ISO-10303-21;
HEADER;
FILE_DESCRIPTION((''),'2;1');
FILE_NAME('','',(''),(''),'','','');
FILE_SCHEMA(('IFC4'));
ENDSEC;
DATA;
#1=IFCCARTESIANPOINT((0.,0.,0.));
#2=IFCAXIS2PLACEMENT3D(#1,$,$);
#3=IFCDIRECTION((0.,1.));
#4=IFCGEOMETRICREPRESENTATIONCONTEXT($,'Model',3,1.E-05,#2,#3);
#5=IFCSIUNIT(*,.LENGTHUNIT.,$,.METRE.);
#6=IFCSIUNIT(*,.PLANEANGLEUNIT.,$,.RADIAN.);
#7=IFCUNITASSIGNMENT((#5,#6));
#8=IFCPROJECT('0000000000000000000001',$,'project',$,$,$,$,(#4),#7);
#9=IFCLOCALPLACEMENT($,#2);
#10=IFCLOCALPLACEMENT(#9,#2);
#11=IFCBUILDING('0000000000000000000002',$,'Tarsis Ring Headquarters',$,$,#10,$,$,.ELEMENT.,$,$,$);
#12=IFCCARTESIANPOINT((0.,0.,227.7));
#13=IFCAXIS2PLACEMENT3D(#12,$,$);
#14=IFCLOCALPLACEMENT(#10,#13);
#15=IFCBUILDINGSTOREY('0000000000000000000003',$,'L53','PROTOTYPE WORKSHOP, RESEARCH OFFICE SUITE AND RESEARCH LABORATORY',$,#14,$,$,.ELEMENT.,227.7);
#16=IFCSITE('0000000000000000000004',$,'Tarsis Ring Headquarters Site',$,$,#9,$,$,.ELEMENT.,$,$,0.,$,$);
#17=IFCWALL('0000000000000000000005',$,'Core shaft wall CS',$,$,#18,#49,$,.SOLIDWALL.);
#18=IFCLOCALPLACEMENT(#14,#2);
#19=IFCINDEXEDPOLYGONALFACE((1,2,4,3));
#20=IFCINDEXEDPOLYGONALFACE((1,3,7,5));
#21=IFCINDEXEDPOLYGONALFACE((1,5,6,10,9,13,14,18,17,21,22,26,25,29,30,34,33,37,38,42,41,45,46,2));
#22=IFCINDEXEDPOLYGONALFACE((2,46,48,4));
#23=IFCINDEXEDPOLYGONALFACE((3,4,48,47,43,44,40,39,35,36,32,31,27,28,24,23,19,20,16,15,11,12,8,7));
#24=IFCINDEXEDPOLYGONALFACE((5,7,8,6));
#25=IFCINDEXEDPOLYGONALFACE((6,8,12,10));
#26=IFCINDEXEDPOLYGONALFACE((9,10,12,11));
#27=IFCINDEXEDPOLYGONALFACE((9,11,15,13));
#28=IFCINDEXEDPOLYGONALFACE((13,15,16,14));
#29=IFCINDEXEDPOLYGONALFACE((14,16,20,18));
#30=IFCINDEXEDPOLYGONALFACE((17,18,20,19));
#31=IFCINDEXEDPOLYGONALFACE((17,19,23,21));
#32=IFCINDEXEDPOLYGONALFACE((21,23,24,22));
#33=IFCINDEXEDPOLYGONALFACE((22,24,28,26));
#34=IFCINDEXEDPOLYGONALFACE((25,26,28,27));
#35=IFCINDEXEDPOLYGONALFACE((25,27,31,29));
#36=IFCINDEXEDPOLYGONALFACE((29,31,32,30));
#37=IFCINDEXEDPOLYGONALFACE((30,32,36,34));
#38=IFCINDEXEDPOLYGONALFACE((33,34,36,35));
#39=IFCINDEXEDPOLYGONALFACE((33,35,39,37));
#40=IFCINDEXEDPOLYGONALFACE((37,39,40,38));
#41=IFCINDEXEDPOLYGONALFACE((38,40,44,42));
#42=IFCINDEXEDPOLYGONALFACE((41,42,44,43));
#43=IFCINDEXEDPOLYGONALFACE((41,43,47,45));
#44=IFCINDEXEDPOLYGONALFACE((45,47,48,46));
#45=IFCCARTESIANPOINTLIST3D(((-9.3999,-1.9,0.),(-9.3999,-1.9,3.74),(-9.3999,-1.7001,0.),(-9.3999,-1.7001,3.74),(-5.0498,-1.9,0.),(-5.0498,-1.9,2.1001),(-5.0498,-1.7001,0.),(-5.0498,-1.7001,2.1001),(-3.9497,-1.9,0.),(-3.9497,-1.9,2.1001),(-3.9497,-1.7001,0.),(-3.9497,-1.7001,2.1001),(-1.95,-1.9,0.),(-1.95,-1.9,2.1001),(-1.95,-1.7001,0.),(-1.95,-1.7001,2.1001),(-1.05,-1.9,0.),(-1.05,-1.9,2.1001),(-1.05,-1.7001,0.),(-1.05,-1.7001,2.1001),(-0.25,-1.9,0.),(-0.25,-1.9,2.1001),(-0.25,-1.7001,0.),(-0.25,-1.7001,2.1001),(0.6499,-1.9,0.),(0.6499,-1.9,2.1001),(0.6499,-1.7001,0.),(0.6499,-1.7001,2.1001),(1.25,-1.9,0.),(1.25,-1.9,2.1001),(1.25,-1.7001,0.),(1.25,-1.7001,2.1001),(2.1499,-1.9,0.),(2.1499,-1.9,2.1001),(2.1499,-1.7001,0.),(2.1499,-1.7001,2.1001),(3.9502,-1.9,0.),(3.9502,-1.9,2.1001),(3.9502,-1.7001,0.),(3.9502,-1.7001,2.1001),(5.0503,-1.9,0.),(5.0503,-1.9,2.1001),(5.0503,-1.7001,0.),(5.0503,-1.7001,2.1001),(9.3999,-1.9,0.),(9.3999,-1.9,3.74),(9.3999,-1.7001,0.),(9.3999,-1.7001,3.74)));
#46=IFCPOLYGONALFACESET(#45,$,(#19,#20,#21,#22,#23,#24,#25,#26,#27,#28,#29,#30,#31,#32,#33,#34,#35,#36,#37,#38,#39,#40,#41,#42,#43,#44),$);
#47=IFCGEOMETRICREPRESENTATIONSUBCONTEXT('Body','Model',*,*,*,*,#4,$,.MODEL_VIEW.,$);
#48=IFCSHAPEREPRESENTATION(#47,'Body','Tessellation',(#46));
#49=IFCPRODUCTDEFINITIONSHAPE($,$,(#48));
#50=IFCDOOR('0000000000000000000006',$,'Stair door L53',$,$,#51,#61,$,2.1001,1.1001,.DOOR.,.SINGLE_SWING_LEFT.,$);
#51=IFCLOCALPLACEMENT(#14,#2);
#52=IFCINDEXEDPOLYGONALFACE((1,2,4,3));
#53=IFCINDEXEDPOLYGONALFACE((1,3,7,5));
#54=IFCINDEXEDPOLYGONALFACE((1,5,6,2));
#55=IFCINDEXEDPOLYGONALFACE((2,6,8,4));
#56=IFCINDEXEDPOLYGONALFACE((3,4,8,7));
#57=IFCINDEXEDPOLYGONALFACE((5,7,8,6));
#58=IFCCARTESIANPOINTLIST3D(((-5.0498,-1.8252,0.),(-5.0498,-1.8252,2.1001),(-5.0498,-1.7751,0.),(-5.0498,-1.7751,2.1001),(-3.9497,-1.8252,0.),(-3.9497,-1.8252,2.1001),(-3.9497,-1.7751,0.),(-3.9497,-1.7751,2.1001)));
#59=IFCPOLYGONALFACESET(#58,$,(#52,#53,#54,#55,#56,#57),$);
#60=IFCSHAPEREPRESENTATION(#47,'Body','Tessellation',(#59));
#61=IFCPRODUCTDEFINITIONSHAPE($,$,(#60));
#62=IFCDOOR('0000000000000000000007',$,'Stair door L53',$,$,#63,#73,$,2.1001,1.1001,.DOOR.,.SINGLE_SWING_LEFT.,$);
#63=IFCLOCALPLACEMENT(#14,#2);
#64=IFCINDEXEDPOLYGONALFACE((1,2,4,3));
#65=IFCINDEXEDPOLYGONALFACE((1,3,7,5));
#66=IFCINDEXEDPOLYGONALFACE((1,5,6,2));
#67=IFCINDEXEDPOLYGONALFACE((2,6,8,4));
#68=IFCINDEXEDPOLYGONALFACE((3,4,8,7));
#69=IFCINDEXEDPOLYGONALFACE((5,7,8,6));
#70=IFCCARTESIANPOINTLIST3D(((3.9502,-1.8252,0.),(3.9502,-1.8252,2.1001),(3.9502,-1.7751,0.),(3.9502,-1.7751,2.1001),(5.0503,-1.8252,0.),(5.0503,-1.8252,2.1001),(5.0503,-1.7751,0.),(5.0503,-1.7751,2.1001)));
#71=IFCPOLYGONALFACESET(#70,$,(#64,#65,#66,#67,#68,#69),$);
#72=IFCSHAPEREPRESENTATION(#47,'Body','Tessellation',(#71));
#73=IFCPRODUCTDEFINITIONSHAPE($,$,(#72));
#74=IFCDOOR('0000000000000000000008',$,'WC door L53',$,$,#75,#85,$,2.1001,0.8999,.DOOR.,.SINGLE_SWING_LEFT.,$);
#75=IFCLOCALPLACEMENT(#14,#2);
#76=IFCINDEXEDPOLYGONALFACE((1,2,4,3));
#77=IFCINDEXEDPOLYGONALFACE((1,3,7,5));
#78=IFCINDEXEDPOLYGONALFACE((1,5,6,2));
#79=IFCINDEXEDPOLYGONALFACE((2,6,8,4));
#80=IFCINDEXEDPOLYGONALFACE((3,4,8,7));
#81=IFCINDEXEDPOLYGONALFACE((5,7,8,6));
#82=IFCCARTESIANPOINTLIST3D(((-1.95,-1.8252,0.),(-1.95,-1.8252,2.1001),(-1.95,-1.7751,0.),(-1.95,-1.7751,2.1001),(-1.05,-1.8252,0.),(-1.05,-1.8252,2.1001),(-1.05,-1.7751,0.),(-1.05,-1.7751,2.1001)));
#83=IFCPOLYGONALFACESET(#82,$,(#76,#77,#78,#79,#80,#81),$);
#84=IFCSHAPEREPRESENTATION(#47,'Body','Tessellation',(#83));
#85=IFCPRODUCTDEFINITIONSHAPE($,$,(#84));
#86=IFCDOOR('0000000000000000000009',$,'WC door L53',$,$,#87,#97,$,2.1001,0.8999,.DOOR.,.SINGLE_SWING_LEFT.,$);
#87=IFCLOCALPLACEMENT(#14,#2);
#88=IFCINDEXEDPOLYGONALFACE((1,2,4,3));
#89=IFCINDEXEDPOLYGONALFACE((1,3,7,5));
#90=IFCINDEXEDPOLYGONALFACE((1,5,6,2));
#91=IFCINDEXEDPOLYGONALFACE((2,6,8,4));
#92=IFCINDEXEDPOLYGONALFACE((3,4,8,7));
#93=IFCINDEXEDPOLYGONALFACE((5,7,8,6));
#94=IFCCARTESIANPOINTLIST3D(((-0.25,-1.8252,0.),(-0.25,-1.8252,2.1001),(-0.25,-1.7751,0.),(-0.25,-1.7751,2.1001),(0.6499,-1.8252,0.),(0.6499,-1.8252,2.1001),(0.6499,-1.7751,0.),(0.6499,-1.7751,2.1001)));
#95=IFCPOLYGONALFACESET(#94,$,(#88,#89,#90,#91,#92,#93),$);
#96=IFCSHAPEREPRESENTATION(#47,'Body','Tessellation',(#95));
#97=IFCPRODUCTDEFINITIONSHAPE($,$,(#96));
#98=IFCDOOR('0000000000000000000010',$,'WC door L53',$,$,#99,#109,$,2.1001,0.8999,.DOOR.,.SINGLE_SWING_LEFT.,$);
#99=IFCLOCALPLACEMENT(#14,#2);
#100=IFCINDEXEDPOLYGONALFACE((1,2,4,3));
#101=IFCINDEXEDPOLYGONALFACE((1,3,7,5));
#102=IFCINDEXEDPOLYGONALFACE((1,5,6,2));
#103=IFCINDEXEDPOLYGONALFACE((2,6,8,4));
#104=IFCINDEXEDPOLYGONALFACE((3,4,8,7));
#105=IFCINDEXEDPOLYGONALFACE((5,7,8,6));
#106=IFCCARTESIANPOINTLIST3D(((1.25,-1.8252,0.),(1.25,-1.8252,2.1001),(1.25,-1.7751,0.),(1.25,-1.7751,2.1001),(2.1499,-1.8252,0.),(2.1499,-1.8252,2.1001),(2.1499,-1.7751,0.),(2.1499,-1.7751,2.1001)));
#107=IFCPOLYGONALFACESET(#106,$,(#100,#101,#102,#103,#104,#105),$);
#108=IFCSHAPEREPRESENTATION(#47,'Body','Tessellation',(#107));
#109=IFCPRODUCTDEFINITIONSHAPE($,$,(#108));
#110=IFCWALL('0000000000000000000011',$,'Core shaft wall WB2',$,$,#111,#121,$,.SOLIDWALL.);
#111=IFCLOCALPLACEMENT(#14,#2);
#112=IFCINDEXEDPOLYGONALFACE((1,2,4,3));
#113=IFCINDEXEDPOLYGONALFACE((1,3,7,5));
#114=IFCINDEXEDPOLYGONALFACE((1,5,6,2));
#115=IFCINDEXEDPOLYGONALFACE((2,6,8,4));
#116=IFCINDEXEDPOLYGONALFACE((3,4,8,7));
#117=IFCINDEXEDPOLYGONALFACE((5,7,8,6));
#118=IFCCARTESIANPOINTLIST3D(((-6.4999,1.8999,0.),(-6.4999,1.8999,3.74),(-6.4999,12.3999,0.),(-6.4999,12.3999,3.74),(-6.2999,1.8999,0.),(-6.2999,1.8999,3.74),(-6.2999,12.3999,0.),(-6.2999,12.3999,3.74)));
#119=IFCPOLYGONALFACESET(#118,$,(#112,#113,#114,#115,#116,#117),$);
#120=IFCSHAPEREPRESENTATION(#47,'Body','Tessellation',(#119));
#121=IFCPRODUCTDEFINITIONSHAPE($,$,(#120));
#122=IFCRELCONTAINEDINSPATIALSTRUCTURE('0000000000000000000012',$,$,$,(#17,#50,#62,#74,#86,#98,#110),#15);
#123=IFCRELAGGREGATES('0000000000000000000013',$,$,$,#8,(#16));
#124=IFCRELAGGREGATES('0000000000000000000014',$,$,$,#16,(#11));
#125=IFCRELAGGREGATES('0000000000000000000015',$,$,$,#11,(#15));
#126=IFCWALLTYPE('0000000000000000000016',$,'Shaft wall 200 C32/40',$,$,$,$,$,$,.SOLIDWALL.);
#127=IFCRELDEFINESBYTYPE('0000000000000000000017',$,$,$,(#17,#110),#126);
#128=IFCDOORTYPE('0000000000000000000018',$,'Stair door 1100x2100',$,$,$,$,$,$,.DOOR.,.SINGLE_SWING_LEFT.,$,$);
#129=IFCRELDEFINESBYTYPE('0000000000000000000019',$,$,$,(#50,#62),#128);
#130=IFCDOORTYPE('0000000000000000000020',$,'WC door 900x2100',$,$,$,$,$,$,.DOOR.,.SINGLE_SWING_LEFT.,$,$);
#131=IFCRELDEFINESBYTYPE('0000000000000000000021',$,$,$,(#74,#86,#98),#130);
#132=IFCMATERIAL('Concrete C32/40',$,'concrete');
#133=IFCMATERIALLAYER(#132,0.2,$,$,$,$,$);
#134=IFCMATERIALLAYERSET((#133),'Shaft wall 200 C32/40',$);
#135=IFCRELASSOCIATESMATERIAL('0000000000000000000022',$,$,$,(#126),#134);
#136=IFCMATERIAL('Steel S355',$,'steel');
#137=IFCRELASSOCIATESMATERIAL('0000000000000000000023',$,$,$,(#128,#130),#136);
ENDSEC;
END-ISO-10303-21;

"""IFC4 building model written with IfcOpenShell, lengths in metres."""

from ifc_helpers import new_model, si_unit, direction, frame, frame_2d, origin, place, context, subcontext, project, spatial, rectangle, extrude, material, layer, layer_set, type_object, element, fill, save


model = new_model("IFC4")

# Units and contexts
model_context = context("Model", 3, precision=1e-05, world=origin(), true_north=direction((0.0, 1.0)))
body_context = subcontext(model_context, "Body", "Model", "MODEL_VIEW")
ifc_project = project(units=[si_unit("LENGTHUNIT", "METRE"), si_unit("PLANEANGLEUNIT", "RADIAN")], contexts=[model_context])

# Site, building, storey
site_placement = place(None, origin())
site = spatial("IfcSite", under=ifc_project, at=site_placement, Name="Tarsis Ring Headquarters Site", CompositionType="ELEMENT", RefElevation=0.0)
building_placement = place(site_placement, origin())
building = spatial("IfcBuilding", under=site, at=building_placement, Name="Tarsis Ring Headquarters", CompositionType="ELEMENT")
storey_placement = place(building_placement, frame((0.0, 0.0, 227.7)))
storey = spatial("IfcBuildingStorey", under=building, at=storey_placement, Name="L53", Description="PROTOTYPE WORKSHOP, RESEARCH OFFICE SUITE AND RESEARCH LABORATORY", CompositionType="ELEMENT", Elevation=227.7)

# Wall, openings, doors
ifc_material_1 = material(Name="Steel S355", Category="steel")
ifc_material_2 = material(Name="Concrete C32/40", Category="concrete")
ifc_layer_1 = layer(ifc_material_2, 0.2)
ifc_layer_set_1 = layer_set([ifc_layer_1], Name="Shaft wall 200 C32/40")
wall_type_1 = type_object("IfcWallType", Name="Shaft wall 200 C32/40", PredefinedType="SOLIDWALL", material=ifc_layer_set_1)
door_type_1 = type_object("IfcDoorType", Name="Stair door 1100x2100", OperationType="SINGLE_SWING_LEFT", PredefinedType="DOOR", material=ifc_material_1)
wall_1_placement = place(storey_placement, frame((-9.3999, -1.8, 0.0), z_axis=(0.0, 0.0, 1.0), x_axis=(1.0, 0.0, 0.0)))
wall_1 = element("IfcWall", 1, at=wall_1_placement, inside=storey, type_object=wall_type_1, Name="Core shaft wall CS", PredefinedType="SOLIDWALL", context=body_context, shape_type="SweptSolid", body=[
    extrude(rectangle(XDim=18.7998, YDim=0.2, at=frame_2d((9.3999, 0.0))), origin(), (0.0, 0.0, 1.0), 3.74),
])
opening_1_placement = place(wall_1_placement, frame((4.3501, 0.0, 0.0)))
opening_1 = element("IfcOpeningElement", 2, at=opening_1_placement, cuts=wall_1, PredefinedType="OPENING", context=body_context, shape_type="SweptSolid", body=[
    extrude(rectangle(XDim=1.1001, YDim=2.1001, at=frame_2d((0.55, 1.05))), frame((0.0, 0.1099, 0.0), z_axis=(0.0, -1.0, 0.0), x_axis=(1.0, 0.0, 0.0)), (0.0, 0.0, 1.0), 0.22),
])
opening_2_placement = place(wall_1_placement, frame((7.45, 0.0, 0.0)))
opening_2 = element("IfcOpeningElement", 3, at=opening_2_placement, cuts=wall_1, PredefinedType="OPENING", context=body_context, shape_type="SweptSolid", body=[
    extrude(rectangle(XDim=0.8999, YDim=2.1001, at=frame_2d((0.45, 1.05))), frame((0.0, 0.1099, 0.0), z_axis=(0.0, -1.0, 0.0), x_axis=(1.0, 0.0, 0.0)), (0.0, 0.0, 1.0), 0.22),
])
opening_3_placement = place(wall_1_placement, frame((9.1499, 0.0, 0.0)))
opening_3 = element("IfcOpeningElement", 4, at=opening_3_placement, cuts=wall_1, PredefinedType="OPENING", context=body_context, shape_type="SweptSolid", body=[
    extrude(rectangle(XDim=0.8999, YDim=2.1001, at=frame_2d((0.45, 1.05))), frame((0.0, 0.1099, 0.0), z_axis=(0.0, -1.0, 0.0), x_axis=(1.0, 0.0, 0.0)), (0.0, 0.0, 1.0), 0.22),
])
opening_4_placement = place(wall_1_placement, frame((10.6499, 0.0, 0.0)))
opening_4 = element("IfcOpeningElement", 5, at=opening_4_placement, cuts=wall_1, PredefinedType="OPENING", context=body_context, shape_type="SweptSolid", body=[
    extrude(rectangle(XDim=0.8999, YDim=2.1001, at=frame_2d((0.45, 1.05))), frame((0.0, 0.1099, 0.0), z_axis=(0.0, -1.0, 0.0), x_axis=(1.0, 0.0, 0.0)), (0.0, 0.0, 1.0), 0.22),
])
opening_5_placement = place(wall_1_placement, frame((13.3501, 0.0, 0.0)))
opening_5 = element("IfcOpeningElement", 6, at=opening_5_placement, cuts=wall_1, PredefinedType="OPENING", context=body_context, shape_type="SweptSolid", body=[
    extrude(rectangle(XDim=1.1001, YDim=2.1001, at=frame_2d((0.55, 1.05))), frame((0.0, 0.1099, 0.0), z_axis=(0.0, -1.0, 0.0), x_axis=(1.0, 0.0, 0.0)), (0.0, 0.0, 1.0), 0.22),
])
door_1_placement = place(opening_1_placement, origin())
door_1 = element("IfcDoor", 7, at=door_1_placement, inside=storey, type_object=door_type_1, Name="Stair door L53", OperationType="SINGLE_SWING_LEFT", OverallHeight=2.1001, OverallWidth=1.1001, PredefinedType="DOOR", context=body_context, shape_type="SweptSolid", body=[
    extrude(rectangle(XDim=1.1001, YDim=2.1001, at=frame_2d((0.55, 1.05))), frame((0.0, 0.0249, 0.0), z_axis=(0.0, -1.0, 0.0), x_axis=(1.0, 0.0, 0.0)), (0.0, 0.0, 1.0), 0.05),
])
fill(opening_1, door_1)
door_2_placement = place(opening_5_placement, origin())
door_2 = element("IfcDoor", 8, at=door_2_placement, inside=storey, type_object=door_type_1, Name="Stair door L53", OperationType="SINGLE_SWING_LEFT", OverallHeight=2.1001, OverallWidth=1.1001, PredefinedType="DOOR", context=body_context, shape_type="SweptSolid", body=[
    extrude(rectangle(XDim=1.1001, YDim=2.1001, at=frame_2d((0.55, 1.05))), frame((0.0, 0.0249, 0.0), z_axis=(0.0, -1.0, 0.0), x_axis=(1.0, 0.0, 0.0)), (0.0, 0.0, 1.0), 0.05),
])
fill(opening_5, door_2)
door_type_2 = type_object("IfcDoorType", Name="WC door 900x2100", OperationType="SINGLE_SWING_LEFT", PredefinedType="DOOR", material=ifc_material_1)
door_3_placement = place(opening_2_placement, origin())
door_3 = element("IfcDoor", 9, at=door_3_placement, inside=storey, type_object=door_type_2, Name="WC door L53", OperationType="SINGLE_SWING_LEFT", OverallHeight=2.1001, OverallWidth=0.8999, PredefinedType="DOOR", context=body_context, shape_type="SweptSolid", body=[
    extrude(rectangle(XDim=0.8999, YDim=2.1001, at=frame_2d((0.45, 1.05))), frame((0.0, 0.0249, 0.0), z_axis=(0.0, -1.0, 0.0), x_axis=(1.0, 0.0, 0.0)), (0.0, 0.0, 1.0), 0.05),
])
fill(opening_2, door_3)
door_4_placement = place(opening_3_placement, origin())
door_4 = element("IfcDoor", 10, at=door_4_placement, inside=storey, type_object=door_type_2, Name="WC door L53", OperationType="SINGLE_SWING_LEFT", OverallHeight=2.1001, OverallWidth=0.8999, PredefinedType="DOOR", context=body_context, shape_type="SweptSolid", body=[
    extrude(rectangle(XDim=0.8999, YDim=2.1001, at=frame_2d((0.45, 1.05))), frame((0.0, 0.0249, 0.0), z_axis=(0.0, -1.0, 0.0), x_axis=(1.0, 0.0, 0.0)), (0.0, 0.0, 1.0), 0.05),
])
fill(opening_3, door_4)
door_5_placement = place(opening_4_placement, origin())
door_5 = element("IfcDoor", 11, at=door_5_placement, inside=storey, type_object=door_type_2, Name="WC door L53", OperationType="SINGLE_SWING_LEFT", OverallHeight=2.1001, OverallWidth=0.8999, PredefinedType="DOOR", context=body_context, shape_type="SweptSolid", body=[
    extrude(rectangle(XDim=0.8999, YDim=2.1001, at=frame_2d((0.45, 1.05))), frame((0.0, 0.0249, 0.0), z_axis=(0.0, -1.0, 0.0), x_axis=(1.0, 0.0, 0.0)), (0.0, 0.0, 1.0), 0.05),
])
fill(opening_4, door_5)

# Wall
wall_2_placement = place(storey_placement, frame((-6.3999, 1.8999, 0.0), z_axis=(0.0, 0.0, 1.0), x_axis=(0.0, 1.0, 0.0)))
element("IfcWall", 12, at=wall_2_placement, inside=storey, type_object=wall_type_1, Name="Core shaft wall WB2", PredefinedType="SOLIDWALL", context=body_context, shape_type="SweptSolid", body=[
    extrude(rectangle(XDim=10.5, YDim=0.2, at=frame_2d((5.25, 0.0))), origin(), (0.0, 0.0, 1.0), 3.74),
])

save(model, "model.ifc")
